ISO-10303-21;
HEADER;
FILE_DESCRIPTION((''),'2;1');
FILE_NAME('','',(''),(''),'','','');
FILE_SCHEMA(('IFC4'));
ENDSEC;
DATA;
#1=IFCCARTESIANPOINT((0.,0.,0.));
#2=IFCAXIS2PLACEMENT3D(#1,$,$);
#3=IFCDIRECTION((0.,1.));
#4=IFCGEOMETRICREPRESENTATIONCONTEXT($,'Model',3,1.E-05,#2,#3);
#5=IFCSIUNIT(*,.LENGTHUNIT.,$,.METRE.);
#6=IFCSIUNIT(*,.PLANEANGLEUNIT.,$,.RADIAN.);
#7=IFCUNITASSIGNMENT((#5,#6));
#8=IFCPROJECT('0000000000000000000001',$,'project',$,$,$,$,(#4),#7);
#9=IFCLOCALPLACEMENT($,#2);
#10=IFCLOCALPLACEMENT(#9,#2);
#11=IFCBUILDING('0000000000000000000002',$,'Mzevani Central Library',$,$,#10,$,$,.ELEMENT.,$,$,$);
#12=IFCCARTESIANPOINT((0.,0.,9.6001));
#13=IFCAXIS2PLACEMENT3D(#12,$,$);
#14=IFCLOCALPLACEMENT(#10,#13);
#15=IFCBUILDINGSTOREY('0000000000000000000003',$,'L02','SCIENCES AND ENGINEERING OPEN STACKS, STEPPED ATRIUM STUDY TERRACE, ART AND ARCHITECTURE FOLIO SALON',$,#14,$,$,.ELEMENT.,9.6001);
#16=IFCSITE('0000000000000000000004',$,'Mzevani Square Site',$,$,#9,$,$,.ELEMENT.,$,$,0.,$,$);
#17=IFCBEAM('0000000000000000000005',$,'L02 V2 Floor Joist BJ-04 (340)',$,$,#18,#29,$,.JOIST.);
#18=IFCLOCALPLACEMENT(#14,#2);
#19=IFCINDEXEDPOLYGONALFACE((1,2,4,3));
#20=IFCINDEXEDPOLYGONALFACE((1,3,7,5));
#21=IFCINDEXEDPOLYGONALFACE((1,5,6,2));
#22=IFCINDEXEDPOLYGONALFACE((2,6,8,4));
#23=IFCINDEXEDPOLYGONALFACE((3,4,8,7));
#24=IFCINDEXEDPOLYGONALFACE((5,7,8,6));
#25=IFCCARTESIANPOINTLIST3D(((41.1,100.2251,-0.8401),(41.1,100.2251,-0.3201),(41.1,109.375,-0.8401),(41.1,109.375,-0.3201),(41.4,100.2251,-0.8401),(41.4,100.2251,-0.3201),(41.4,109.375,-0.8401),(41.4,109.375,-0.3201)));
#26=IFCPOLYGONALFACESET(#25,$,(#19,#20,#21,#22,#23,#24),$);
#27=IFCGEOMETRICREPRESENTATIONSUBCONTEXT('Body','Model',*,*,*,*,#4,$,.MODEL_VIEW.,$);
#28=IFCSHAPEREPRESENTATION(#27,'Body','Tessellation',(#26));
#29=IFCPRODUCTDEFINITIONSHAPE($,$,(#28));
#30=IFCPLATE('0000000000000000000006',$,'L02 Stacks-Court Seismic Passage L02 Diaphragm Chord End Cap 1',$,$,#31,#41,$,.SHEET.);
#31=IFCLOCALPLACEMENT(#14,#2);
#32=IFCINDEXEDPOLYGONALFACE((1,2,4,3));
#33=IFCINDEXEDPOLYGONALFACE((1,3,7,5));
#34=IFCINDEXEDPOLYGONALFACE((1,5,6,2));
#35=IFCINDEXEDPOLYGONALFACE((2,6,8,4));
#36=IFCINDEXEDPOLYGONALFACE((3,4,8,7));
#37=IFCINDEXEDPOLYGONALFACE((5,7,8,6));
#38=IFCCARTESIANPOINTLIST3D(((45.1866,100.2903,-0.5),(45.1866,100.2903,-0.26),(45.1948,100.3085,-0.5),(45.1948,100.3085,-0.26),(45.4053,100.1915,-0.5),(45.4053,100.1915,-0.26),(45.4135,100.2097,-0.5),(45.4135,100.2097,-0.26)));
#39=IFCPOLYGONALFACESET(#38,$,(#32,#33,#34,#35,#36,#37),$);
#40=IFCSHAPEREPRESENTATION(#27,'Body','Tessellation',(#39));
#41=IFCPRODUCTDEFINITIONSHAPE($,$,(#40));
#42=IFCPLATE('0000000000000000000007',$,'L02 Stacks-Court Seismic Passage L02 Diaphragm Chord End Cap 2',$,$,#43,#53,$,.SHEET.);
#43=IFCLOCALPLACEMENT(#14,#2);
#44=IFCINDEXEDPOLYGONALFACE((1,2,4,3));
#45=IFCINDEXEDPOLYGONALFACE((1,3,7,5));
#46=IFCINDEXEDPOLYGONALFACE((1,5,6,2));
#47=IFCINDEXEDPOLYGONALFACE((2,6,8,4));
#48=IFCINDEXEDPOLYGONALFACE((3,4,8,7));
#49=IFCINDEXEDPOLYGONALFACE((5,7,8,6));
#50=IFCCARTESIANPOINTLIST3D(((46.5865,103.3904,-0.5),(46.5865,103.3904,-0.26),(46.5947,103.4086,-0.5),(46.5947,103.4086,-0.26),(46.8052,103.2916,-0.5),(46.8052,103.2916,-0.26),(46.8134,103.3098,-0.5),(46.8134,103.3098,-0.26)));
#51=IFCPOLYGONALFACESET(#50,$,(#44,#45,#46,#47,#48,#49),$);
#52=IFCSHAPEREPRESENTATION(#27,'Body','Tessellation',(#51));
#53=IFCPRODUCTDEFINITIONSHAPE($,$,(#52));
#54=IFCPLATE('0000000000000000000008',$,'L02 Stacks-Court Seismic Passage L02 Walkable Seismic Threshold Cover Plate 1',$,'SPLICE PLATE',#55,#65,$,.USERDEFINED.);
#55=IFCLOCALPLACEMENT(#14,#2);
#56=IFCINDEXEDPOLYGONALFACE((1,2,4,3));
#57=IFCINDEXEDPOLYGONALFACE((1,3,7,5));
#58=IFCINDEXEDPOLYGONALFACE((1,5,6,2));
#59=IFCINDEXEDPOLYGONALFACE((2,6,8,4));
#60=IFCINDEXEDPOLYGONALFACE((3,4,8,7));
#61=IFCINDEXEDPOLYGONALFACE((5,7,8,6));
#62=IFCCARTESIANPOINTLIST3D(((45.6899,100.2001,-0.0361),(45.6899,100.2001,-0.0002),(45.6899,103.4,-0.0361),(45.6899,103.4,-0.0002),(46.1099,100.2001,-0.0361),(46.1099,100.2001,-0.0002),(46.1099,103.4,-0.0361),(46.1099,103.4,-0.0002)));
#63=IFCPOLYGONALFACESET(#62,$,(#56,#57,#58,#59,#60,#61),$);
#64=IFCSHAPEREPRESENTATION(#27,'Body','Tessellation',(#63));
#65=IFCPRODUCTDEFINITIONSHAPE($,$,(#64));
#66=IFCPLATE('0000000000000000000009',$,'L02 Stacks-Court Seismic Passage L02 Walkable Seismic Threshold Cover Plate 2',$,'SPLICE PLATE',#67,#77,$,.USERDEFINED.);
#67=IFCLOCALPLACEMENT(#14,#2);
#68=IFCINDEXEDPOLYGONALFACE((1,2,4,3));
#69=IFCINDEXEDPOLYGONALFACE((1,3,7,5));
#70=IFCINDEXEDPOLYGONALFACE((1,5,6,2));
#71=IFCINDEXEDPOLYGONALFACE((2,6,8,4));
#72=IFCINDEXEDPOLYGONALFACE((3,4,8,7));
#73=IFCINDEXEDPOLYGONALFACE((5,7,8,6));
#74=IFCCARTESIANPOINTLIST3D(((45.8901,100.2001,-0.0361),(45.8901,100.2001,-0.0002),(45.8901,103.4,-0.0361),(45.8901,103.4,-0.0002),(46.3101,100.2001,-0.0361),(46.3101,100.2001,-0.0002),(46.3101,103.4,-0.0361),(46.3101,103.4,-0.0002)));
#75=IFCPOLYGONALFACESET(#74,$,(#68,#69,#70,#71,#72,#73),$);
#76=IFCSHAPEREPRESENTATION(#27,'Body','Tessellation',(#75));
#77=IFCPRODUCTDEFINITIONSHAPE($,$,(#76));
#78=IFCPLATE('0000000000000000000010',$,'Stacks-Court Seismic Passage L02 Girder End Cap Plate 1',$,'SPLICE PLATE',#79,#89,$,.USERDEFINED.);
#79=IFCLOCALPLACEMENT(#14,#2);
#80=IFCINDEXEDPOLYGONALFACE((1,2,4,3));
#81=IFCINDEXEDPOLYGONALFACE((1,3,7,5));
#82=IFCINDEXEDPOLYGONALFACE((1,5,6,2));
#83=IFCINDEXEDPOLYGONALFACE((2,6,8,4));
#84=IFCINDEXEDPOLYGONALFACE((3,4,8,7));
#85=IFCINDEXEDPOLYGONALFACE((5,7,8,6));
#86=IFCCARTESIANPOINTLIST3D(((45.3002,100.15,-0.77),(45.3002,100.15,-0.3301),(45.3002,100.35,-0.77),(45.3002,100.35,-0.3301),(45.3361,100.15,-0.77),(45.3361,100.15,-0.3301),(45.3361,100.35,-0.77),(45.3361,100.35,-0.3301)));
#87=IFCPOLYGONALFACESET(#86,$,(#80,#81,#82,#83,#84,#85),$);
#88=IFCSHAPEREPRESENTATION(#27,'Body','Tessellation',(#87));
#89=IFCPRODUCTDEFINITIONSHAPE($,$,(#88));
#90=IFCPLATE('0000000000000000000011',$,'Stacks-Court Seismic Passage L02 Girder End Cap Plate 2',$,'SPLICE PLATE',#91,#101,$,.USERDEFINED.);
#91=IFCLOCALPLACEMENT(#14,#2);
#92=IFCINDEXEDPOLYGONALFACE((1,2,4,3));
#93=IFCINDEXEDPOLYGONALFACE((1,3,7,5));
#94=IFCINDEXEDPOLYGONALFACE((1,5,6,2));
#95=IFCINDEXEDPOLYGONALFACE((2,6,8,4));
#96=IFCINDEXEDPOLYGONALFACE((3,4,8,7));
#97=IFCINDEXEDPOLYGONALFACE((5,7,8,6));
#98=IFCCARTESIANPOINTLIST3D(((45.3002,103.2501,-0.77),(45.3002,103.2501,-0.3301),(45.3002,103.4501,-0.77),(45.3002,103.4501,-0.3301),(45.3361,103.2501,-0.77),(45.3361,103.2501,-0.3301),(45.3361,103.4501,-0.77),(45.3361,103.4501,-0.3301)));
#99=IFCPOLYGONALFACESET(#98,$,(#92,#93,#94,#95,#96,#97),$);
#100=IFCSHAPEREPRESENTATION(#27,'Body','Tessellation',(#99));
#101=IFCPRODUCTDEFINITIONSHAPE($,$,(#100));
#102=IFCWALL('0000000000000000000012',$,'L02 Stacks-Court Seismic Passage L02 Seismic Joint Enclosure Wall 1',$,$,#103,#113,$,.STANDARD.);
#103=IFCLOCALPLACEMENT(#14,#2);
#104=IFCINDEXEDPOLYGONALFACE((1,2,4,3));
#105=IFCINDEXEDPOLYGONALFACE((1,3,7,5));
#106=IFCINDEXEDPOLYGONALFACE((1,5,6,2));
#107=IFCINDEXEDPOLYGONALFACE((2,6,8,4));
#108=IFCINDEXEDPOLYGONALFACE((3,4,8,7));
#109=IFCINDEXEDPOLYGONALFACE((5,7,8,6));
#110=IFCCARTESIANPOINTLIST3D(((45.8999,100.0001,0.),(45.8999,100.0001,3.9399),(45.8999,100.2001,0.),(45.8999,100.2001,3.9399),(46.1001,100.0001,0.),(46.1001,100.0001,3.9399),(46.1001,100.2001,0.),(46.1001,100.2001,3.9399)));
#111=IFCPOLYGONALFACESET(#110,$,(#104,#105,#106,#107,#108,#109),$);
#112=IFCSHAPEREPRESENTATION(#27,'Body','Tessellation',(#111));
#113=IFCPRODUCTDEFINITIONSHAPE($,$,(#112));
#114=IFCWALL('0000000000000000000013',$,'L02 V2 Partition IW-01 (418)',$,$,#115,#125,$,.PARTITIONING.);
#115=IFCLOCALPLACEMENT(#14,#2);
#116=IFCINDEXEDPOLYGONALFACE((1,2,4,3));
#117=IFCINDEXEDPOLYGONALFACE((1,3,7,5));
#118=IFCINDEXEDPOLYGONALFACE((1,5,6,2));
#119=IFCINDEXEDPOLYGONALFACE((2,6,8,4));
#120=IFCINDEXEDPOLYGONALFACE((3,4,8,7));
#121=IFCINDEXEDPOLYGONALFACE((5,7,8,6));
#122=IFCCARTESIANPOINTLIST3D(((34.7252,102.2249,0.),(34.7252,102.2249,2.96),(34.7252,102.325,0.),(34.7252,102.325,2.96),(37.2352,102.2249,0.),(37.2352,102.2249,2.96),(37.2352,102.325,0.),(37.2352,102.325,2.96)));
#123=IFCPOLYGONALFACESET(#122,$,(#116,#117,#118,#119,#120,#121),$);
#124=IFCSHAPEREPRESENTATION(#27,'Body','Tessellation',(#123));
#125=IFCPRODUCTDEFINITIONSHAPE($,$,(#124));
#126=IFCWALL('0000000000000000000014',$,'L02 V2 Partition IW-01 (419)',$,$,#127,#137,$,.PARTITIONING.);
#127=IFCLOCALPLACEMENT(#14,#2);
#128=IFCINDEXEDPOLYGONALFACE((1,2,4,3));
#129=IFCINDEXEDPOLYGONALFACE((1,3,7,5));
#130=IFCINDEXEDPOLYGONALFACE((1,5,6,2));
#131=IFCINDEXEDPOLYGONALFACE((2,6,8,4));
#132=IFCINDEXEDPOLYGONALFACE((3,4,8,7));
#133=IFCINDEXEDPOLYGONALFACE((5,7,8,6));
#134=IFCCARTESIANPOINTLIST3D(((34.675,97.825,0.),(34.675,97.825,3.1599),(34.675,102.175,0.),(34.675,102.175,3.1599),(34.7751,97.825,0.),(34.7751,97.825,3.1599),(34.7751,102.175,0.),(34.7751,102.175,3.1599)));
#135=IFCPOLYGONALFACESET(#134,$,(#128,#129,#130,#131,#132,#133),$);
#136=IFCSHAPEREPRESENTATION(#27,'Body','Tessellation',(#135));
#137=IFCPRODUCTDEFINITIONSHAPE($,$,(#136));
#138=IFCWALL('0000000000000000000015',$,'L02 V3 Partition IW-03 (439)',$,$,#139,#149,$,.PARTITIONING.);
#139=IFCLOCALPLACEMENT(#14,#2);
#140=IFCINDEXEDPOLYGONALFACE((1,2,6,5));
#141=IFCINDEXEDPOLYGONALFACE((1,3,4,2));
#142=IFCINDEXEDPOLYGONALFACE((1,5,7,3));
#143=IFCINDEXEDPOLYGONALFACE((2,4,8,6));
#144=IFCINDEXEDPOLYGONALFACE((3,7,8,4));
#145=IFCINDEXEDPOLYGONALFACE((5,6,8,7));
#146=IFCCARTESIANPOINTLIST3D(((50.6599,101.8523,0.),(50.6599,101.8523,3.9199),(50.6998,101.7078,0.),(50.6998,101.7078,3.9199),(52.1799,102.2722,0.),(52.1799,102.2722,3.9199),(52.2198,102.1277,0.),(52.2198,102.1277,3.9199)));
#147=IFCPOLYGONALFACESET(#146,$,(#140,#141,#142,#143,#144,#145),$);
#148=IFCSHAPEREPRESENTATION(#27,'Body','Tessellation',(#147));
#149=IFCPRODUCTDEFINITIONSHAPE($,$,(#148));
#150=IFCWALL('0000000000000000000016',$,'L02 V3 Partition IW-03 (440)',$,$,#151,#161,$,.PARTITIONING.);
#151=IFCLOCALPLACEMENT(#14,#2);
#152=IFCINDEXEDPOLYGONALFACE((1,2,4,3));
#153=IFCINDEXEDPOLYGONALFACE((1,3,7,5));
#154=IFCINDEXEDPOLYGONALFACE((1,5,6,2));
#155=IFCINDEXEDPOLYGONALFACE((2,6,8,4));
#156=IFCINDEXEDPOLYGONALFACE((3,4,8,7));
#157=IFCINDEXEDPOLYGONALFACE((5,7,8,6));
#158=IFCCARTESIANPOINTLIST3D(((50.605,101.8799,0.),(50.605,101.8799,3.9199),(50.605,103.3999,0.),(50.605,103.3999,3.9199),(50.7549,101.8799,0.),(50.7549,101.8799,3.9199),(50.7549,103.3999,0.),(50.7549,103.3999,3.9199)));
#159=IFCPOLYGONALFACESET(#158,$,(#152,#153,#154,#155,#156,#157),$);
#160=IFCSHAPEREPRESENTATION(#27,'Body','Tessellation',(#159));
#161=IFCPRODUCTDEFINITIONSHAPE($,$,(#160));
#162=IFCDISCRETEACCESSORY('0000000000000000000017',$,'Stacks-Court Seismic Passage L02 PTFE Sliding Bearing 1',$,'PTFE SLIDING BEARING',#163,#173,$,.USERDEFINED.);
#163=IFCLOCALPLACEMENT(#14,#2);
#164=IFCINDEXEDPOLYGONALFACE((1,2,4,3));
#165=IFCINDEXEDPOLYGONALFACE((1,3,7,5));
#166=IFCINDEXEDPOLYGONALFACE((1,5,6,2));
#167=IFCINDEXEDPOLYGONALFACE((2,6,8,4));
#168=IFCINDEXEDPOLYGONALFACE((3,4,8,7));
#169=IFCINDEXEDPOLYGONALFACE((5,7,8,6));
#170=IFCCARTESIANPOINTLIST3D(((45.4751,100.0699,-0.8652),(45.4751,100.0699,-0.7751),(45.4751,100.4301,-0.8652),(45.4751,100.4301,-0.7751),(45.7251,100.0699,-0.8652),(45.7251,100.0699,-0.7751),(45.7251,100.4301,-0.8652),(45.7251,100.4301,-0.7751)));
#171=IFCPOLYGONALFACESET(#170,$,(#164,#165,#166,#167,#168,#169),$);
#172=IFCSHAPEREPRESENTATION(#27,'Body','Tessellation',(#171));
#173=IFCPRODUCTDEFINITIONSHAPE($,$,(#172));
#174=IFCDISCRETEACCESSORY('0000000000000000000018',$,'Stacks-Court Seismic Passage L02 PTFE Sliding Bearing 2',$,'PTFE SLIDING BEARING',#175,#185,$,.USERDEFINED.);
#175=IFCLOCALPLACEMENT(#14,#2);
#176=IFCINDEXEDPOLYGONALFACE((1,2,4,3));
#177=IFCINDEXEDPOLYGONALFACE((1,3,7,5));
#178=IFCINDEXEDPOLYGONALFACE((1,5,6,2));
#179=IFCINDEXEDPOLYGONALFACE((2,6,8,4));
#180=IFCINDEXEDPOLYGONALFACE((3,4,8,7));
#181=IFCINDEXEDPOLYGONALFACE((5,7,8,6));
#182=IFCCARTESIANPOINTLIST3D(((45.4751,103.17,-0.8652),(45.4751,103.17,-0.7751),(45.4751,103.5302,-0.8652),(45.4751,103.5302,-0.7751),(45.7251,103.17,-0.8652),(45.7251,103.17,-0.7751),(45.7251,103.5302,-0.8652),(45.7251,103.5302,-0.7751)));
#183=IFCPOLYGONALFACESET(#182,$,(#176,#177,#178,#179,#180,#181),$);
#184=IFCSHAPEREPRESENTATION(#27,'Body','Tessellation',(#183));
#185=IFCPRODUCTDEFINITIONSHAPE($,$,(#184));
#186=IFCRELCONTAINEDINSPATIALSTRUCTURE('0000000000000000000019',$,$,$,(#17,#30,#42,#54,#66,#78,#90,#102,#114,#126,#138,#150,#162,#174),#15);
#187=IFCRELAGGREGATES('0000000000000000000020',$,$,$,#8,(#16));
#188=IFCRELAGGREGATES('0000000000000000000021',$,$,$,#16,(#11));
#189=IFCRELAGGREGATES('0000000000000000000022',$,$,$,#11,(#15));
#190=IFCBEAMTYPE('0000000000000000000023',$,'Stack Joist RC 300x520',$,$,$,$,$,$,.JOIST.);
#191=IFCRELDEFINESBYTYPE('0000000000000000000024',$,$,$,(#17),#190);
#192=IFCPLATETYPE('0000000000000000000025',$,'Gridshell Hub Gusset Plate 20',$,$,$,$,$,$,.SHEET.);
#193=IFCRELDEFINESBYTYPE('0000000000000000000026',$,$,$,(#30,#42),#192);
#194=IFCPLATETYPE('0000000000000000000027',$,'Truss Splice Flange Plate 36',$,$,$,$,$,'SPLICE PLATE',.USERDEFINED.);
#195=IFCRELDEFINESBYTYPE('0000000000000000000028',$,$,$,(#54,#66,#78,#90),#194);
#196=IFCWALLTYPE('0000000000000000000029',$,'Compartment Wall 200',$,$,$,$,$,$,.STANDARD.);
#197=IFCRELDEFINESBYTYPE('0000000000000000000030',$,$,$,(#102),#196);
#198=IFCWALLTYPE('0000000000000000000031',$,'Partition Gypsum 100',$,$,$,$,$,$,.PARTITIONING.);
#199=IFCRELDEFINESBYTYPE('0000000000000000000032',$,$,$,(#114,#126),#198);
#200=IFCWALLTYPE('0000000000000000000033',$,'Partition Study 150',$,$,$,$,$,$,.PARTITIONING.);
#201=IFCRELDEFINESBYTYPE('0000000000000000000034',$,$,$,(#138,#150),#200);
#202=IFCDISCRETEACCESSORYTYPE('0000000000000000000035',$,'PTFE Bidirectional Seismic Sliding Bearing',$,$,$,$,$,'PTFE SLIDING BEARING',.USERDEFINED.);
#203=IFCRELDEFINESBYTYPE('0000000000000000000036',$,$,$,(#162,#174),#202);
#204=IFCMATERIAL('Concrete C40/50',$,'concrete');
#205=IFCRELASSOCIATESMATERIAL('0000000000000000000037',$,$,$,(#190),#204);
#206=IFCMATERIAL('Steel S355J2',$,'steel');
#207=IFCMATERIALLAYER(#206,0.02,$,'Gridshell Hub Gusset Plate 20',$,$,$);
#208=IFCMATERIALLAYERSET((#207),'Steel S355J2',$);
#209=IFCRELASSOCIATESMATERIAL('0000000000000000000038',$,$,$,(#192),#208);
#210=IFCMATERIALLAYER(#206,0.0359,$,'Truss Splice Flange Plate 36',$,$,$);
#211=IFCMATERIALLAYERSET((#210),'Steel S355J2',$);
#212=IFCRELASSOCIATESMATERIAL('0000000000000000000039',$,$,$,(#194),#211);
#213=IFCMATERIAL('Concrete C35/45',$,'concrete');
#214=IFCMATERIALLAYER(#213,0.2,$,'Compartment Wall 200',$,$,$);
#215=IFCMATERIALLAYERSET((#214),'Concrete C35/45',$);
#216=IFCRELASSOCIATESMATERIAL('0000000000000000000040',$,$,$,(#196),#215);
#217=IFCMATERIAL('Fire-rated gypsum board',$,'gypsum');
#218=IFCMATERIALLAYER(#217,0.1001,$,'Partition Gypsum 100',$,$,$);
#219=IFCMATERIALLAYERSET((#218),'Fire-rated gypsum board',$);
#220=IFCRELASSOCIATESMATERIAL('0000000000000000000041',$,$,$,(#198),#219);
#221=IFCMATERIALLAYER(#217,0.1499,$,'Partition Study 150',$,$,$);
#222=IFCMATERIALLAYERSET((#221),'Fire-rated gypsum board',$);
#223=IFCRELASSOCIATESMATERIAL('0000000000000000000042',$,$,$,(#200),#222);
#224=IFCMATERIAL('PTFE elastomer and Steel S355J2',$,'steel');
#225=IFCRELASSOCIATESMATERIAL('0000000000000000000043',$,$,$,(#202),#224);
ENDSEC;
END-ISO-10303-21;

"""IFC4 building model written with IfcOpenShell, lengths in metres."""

from ifc_helpers import new_model, si_unit, direction, frame, frame_2d, origin, origin_2d, place, context, subcontext, project, spatial, rectangle, extrude, material, layer, layer_set, material_profile, profile_set, type_object, element, save


model = new_model("IFC4")

# Units and contexts
model_context = context("Model", 3, precision=1e-05, world=origin(), true_north=direction((0.0, 1.0)))
body_context = subcontext(model_context, "Body", "Model", "MODEL_VIEW")
ifc_project = project(units=[si_unit("LENGTHUNIT", "METRE"), si_unit("PLANEANGLEUNIT", "RADIAN")], contexts=[model_context])

# Site, building, storey
site_placement = place(None, origin())
site = spatial("IfcSite", under=ifc_project, at=site_placement, Name="Mzevani Square Site", CompositionType="ELEMENT", RefElevation=0.0)
building_placement = place(site_placement, origin())
building = spatial("IfcBuilding", under=site, at=building_placement, Name="Mzevani Central Library", CompositionType="ELEMENT")
storey_placement = place(building_placement, frame((0.0, 0.0, 9.6001)))
storey = spatial("IfcBuildingStorey", under=building, at=storey_placement, Name="L02", Description="SCIENCES AND ENGINEERING OPEN STACKS, STEPPED ATRIUM STUDY TERRACE, ART AND ARCHITECTURE FOLIO SALON", CompositionType="ELEMENT", Elevation=9.6001)

# Shared definitions
ifc_material_1 = material(Name="Steel S355J2", Category="steel")
ifc_material_2 = material(Name="Concrete C40/50", Category="concrete")

# Shared definitions
ifc_material_3 = material(Name="Concrete C35/45", Category="concrete")

# Beam
ifc_material_profile_1 = material_profile(ifc_material_2, rectangle(XDim=0.3, YDim=0.52, at=origin_2d()), Name="RC J300x520")
ifc_profile_set_1 = profile_set([ifc_material_profile_1], Name="Concrete C40/50")
beam_type_1 = type_object("IfcBeamType", Name="Stack Joist RC 300x520", PredefinedType="JOIST", material=ifc_profile_set_1)
beam_1_placement = place(storey_placement, frame((41.25, 100.2251, -0.5801), z_axis=(0.0, 1.0, 0.0), x_axis=(-1.0, 0.0, 0.0)))
element("IfcBeam", 1, at=beam_1_placement, inside=storey, type_object=beam_type_1, Name="L02 V2 Floor Joist BJ-04 (340)", PredefinedType="JOIST", context=body_context, shape_type="SweptSolid", body=[
    extrude(rectangle(XDim=0.3, YDim=0.52, at=origin_2d()), origin(), (0.0, 0.0, 1.0), 9.1499),
])

# Plates
ifc_layer_1 = layer(ifc_material_1, 0.02, Name="Gridshell Hub Gusset Plate 20")
ifc_layer_set_1 = layer_set([ifc_layer_1], Name="Steel S355J2")
plate_type_1 = type_object("IfcPlateType", Name="Gridshell Hub Gusset Plate 20", PredefinedType="SHEET", material=ifc_layer_set_1)
for number, where, z_axis, x_axis, name in (
    (2, (45.3, 100.25, -0.5), (0.0, 0.0, 1.0), (0.411586, 0.911371, 0.0), "L02 Stacks-Court Seismic Passage L02 Diaphragm Chord End Cap 1"),
    (3, (46.7, 103.3501, -0.5), (0.0, 0.0, 1.0), (0.411586, 0.911371, 0.0), "L02 Stacks-Court Seismic Passage L02 Diaphragm Chord End Cap 2"),
):
    element("IfcPlate", number, at=place(storey_placement, frame(where, z_axis=z_axis, x_axis=x_axis)), inside=storey, type_object=plate_type_1, Name=name, PredefinedType="SHEET", context=body_context, shape_type="SweptSolid", body=[
        extrude(rectangle(XDim=0.02, YDim=0.24, at=origin_2d()), origin(), (0.0, 0.0, 1.0), 0.24),
    ])
ifc_layer_2 = layer(ifc_material_1, 0.0359, Name="Truss Splice Flange Plate 36")
ifc_layer_set_2 = layer_set([ifc_layer_2], Name="Steel S355J2")
plate_type_2 = type_object("IfcPlateType", Name="Truss Splice Flange Plate 36", ElementType="SPLICE PLATE", PredefinedType="USERDEFINED", material=ifc_layer_set_2)
for number, where, z_axis, x_axis, name in (
    (4, (45.8999, 101.8, -0.0361), (0.0, 0.0, 1.0), (1.0, 0.0, 0.0), "L02 Stacks-Court Seismic Passage L02 Walkable Seismic Threshold Cover Plate 1"),
    (5, (46.1001, 101.8, -0.0361), (0.0, 0.0, 1.0), (1.0, 0.0, 0.0), "L02 Stacks-Court Seismic Passage L02 Walkable Seismic Threshold Cover Plate 2"),
):
    element("IfcPlate", number, at=place(storey_placement, frame(where, z_axis=z_axis, x_axis=x_axis)), inside=storey, type_object=plate_type_2, Name=name, ObjectType="SPLICE PLATE", PredefinedType="USERDEFINED", context=body_context, shape_type="SweptSolid", body=[
        extrude(rectangle(XDim=0.4199, YDim=3.2, at=origin_2d()), origin(), (0.0, 0.0, 1.0), 0.0359),
    ])
for number, where, z_axis, x_axis, name in (
    (6, (45.3181, 100.25, -0.77), (0.0, 0.0, 1.0), (1.0, 0.0, 0.0), "Stacks-Court Seismic Passage L02 Girder End Cap Plate 1"),
    (7, (45.3181, 103.3501, -0.77), (0.0, 0.0, 1.0), (1.0, 0.0, 0.0), "Stacks-Court Seismic Passage L02 Girder End Cap Plate 2"),
):
    element("IfcPlate", number, at=place(storey_placement, frame(where, z_axis=z_axis, x_axis=x_axis)), inside=storey, type_object=plate_type_2, Name=name, ObjectType="SPLICE PLATE", PredefinedType="USERDEFINED", context=body_context, shape_type="SweptSolid", body=[
        extrude(rectangle(XDim=0.0359, YDim=0.2, at=origin_2d()), origin(), (0.0, 0.0, 1.0), 0.4399),
    ])

# Walls
ifc_layer_3 = layer(ifc_material_3, 0.2, Name="Compartment Wall 200")
ifc_layer_set_3 = layer_set([ifc_layer_3], Name="Concrete C35/45")
wall_type_1 = type_object("IfcWallType", Name="Compartment Wall 200", PredefinedType="STANDARD", material=ifc_layer_set_3)
wall_1_placement = place(storey_placement, frame((45.8999, 100.1001, 0.0), z_axis=(0.0, 0.0, 1.0), x_axis=(1.0, 0.0, 0.0)))
element("IfcWall", 8, at=wall_1_placement, inside=storey, type_object=wall_type_1, Name="L02 Stacks-Court Seismic Passage L02 Seismic Joint Enclosure Wall 1", PredefinedType="STANDARD", context=body_context, shape_type="SweptSolid", body=[
    extrude(rectangle(XDim=0.2002, YDim=0.2, at=frame_2d((0.1001, 0.0))), origin(), (0.0, 0.0, 1.0), 3.9399),
])
ifc_material_4 = material(Name="Fire-rated gypsum board", Category="gypsum")
ifc_layer_4 = layer(ifc_material_4, 0.1001, Name="Partition Gypsum 100")
ifc_layer_set_4 = layer_set([ifc_layer_4], Name="Fire-rated gypsum board")
wall_type_2 = type_object("IfcWallType", Name="Partition Gypsum 100", PredefinedType="PARTITIONING", material=ifc_layer_set_4)
wall_2_placement = place(storey_placement, frame((37.2351, 102.2749, 0.0), z_axis=(0.0, 0.0, 1.0), x_axis=(-1.0, 0.0, 0.0)))
element("IfcWall", 9, at=wall_2_placement, inside=storey, type_object=wall_type_2, Name="L02 V2 Partition IW-01 (418)", PredefinedType="PARTITIONING", context=body_context, shape_type="SweptSolid", body=[
    extrude(rectangle(XDim=2.51, YDim=0.1001, at=frame_2d((1.2549, 0.0))), origin(), (0.0, 0.0, 1.0), 2.96),
])
wall_3_placement = place(storey_placement, frame((34.7251, 102.175, 0.0), z_axis=(0.0, 0.0, 1.0), x_axis=(0.0, -1.0, 0.0)))
element("IfcWall", 10, at=wall_3_placement, inside=storey, type_object=wall_type_2, Name="L02 V2 Partition IW-01 (419)", PredefinedType="PARTITIONING", context=body_context, shape_type="SweptSolid", body=[
    extrude(rectangle(XDim=4.3501, YDim=0.1001, at=frame_2d((2.175, 0.0))), origin(), (0.0, 0.0, 1.0), 3.1599),
])
ifc_layer_5 = layer(ifc_material_4, 0.1499, Name="Partition Study 150")
ifc_layer_set_5 = layer_set([ifc_layer_5], Name="Fire-rated gypsum board")
wall_type_3 = type_object("IfcWallType", Name="Partition Study 150", PredefinedType="PARTITIONING", material=ifc_layer_set_5)
wall_4_placement = place(storey_placement, frame((52.2, 102.2, 0.0), z_axis=(0.0, 0.0, 1.0), x_axis=(-0.963894, -0.266286, 0.0)))
element("IfcWall", 11, at=wall_4_placement, inside=storey, type_object=wall_type_3, Name="L02 V3 Partition IW-03 (439)", PredefinedType="PARTITIONING", context=body_context, shape_type="SweptSolid", body=[
    extrude(rectangle(XDim=1.5769, YDim=0.1499, at=frame_2d((0.7886, 0.0))), origin(), (0.0, 0.0, 1.0), 3.9199),
])
wall_5_placement = place(storey_placement, frame((50.6799, 101.8799, 0.0), z_axis=(0.0, 0.0, 1.0), x_axis=(0.0, 1.0, 0.0)))
element("IfcWall", 12, at=wall_5_placement, inside=storey, type_object=wall_type_3, Name="L02 V3 Partition IW-03 (440)", PredefinedType="PARTITIONING", context=body_context, shape_type="SweptSolid", body=[
    extrude(rectangle(XDim=1.52, YDim=0.1499, at=frame_2d((0.76, 0.0))), origin(), (0.0, 0.0, 1.0), 3.9199),
])

# Discrete accessories
ifc_material_5 = material(Name="PTFE elastomer and Steel S355J2", Category="steel")
discrete_accessory_type = type_object("IfcDiscreteAccessoryType", Name="PTFE Bidirectional Seismic Sliding Bearing", ElementType="PTFE SLIDING BEARING", PredefinedType="USERDEFINED", material=ifc_material_5)
for number, where, z_axis, x_axis, name in (
    (13, (45.6001, 100.25, -0.8652), (0.0, 0.0, 1.0), (1.0, 0.0, 0.0), "Stacks-Court Seismic Passage L02 PTFE Sliding Bearing 1"),
    (14, (45.6001, 103.3501, -0.8652), (0.0, 0.0, 1.0), (1.0, 0.0, 0.0), "Stacks-Court Seismic Passage L02 PTFE Sliding Bearing 2"),
):
    element("IfcDiscreteAccessory", number, at=place(storey_placement, frame(where, z_axis=z_axis, x_axis=x_axis)), inside=storey, type_object=discrete_accessory_type, Name=name, ObjectType="PTFE SLIDING BEARING", PredefinedType="USERDEFINED", context=body_context, shape_type="SweptSolid", body=[
        extrude(rectangle(XDim=0.25, YDim=0.3601, at=origin_2d()), origin(), (0.0, 0.0, 1.0), 0.0901),
    ])

save(model, "model.ifc")
